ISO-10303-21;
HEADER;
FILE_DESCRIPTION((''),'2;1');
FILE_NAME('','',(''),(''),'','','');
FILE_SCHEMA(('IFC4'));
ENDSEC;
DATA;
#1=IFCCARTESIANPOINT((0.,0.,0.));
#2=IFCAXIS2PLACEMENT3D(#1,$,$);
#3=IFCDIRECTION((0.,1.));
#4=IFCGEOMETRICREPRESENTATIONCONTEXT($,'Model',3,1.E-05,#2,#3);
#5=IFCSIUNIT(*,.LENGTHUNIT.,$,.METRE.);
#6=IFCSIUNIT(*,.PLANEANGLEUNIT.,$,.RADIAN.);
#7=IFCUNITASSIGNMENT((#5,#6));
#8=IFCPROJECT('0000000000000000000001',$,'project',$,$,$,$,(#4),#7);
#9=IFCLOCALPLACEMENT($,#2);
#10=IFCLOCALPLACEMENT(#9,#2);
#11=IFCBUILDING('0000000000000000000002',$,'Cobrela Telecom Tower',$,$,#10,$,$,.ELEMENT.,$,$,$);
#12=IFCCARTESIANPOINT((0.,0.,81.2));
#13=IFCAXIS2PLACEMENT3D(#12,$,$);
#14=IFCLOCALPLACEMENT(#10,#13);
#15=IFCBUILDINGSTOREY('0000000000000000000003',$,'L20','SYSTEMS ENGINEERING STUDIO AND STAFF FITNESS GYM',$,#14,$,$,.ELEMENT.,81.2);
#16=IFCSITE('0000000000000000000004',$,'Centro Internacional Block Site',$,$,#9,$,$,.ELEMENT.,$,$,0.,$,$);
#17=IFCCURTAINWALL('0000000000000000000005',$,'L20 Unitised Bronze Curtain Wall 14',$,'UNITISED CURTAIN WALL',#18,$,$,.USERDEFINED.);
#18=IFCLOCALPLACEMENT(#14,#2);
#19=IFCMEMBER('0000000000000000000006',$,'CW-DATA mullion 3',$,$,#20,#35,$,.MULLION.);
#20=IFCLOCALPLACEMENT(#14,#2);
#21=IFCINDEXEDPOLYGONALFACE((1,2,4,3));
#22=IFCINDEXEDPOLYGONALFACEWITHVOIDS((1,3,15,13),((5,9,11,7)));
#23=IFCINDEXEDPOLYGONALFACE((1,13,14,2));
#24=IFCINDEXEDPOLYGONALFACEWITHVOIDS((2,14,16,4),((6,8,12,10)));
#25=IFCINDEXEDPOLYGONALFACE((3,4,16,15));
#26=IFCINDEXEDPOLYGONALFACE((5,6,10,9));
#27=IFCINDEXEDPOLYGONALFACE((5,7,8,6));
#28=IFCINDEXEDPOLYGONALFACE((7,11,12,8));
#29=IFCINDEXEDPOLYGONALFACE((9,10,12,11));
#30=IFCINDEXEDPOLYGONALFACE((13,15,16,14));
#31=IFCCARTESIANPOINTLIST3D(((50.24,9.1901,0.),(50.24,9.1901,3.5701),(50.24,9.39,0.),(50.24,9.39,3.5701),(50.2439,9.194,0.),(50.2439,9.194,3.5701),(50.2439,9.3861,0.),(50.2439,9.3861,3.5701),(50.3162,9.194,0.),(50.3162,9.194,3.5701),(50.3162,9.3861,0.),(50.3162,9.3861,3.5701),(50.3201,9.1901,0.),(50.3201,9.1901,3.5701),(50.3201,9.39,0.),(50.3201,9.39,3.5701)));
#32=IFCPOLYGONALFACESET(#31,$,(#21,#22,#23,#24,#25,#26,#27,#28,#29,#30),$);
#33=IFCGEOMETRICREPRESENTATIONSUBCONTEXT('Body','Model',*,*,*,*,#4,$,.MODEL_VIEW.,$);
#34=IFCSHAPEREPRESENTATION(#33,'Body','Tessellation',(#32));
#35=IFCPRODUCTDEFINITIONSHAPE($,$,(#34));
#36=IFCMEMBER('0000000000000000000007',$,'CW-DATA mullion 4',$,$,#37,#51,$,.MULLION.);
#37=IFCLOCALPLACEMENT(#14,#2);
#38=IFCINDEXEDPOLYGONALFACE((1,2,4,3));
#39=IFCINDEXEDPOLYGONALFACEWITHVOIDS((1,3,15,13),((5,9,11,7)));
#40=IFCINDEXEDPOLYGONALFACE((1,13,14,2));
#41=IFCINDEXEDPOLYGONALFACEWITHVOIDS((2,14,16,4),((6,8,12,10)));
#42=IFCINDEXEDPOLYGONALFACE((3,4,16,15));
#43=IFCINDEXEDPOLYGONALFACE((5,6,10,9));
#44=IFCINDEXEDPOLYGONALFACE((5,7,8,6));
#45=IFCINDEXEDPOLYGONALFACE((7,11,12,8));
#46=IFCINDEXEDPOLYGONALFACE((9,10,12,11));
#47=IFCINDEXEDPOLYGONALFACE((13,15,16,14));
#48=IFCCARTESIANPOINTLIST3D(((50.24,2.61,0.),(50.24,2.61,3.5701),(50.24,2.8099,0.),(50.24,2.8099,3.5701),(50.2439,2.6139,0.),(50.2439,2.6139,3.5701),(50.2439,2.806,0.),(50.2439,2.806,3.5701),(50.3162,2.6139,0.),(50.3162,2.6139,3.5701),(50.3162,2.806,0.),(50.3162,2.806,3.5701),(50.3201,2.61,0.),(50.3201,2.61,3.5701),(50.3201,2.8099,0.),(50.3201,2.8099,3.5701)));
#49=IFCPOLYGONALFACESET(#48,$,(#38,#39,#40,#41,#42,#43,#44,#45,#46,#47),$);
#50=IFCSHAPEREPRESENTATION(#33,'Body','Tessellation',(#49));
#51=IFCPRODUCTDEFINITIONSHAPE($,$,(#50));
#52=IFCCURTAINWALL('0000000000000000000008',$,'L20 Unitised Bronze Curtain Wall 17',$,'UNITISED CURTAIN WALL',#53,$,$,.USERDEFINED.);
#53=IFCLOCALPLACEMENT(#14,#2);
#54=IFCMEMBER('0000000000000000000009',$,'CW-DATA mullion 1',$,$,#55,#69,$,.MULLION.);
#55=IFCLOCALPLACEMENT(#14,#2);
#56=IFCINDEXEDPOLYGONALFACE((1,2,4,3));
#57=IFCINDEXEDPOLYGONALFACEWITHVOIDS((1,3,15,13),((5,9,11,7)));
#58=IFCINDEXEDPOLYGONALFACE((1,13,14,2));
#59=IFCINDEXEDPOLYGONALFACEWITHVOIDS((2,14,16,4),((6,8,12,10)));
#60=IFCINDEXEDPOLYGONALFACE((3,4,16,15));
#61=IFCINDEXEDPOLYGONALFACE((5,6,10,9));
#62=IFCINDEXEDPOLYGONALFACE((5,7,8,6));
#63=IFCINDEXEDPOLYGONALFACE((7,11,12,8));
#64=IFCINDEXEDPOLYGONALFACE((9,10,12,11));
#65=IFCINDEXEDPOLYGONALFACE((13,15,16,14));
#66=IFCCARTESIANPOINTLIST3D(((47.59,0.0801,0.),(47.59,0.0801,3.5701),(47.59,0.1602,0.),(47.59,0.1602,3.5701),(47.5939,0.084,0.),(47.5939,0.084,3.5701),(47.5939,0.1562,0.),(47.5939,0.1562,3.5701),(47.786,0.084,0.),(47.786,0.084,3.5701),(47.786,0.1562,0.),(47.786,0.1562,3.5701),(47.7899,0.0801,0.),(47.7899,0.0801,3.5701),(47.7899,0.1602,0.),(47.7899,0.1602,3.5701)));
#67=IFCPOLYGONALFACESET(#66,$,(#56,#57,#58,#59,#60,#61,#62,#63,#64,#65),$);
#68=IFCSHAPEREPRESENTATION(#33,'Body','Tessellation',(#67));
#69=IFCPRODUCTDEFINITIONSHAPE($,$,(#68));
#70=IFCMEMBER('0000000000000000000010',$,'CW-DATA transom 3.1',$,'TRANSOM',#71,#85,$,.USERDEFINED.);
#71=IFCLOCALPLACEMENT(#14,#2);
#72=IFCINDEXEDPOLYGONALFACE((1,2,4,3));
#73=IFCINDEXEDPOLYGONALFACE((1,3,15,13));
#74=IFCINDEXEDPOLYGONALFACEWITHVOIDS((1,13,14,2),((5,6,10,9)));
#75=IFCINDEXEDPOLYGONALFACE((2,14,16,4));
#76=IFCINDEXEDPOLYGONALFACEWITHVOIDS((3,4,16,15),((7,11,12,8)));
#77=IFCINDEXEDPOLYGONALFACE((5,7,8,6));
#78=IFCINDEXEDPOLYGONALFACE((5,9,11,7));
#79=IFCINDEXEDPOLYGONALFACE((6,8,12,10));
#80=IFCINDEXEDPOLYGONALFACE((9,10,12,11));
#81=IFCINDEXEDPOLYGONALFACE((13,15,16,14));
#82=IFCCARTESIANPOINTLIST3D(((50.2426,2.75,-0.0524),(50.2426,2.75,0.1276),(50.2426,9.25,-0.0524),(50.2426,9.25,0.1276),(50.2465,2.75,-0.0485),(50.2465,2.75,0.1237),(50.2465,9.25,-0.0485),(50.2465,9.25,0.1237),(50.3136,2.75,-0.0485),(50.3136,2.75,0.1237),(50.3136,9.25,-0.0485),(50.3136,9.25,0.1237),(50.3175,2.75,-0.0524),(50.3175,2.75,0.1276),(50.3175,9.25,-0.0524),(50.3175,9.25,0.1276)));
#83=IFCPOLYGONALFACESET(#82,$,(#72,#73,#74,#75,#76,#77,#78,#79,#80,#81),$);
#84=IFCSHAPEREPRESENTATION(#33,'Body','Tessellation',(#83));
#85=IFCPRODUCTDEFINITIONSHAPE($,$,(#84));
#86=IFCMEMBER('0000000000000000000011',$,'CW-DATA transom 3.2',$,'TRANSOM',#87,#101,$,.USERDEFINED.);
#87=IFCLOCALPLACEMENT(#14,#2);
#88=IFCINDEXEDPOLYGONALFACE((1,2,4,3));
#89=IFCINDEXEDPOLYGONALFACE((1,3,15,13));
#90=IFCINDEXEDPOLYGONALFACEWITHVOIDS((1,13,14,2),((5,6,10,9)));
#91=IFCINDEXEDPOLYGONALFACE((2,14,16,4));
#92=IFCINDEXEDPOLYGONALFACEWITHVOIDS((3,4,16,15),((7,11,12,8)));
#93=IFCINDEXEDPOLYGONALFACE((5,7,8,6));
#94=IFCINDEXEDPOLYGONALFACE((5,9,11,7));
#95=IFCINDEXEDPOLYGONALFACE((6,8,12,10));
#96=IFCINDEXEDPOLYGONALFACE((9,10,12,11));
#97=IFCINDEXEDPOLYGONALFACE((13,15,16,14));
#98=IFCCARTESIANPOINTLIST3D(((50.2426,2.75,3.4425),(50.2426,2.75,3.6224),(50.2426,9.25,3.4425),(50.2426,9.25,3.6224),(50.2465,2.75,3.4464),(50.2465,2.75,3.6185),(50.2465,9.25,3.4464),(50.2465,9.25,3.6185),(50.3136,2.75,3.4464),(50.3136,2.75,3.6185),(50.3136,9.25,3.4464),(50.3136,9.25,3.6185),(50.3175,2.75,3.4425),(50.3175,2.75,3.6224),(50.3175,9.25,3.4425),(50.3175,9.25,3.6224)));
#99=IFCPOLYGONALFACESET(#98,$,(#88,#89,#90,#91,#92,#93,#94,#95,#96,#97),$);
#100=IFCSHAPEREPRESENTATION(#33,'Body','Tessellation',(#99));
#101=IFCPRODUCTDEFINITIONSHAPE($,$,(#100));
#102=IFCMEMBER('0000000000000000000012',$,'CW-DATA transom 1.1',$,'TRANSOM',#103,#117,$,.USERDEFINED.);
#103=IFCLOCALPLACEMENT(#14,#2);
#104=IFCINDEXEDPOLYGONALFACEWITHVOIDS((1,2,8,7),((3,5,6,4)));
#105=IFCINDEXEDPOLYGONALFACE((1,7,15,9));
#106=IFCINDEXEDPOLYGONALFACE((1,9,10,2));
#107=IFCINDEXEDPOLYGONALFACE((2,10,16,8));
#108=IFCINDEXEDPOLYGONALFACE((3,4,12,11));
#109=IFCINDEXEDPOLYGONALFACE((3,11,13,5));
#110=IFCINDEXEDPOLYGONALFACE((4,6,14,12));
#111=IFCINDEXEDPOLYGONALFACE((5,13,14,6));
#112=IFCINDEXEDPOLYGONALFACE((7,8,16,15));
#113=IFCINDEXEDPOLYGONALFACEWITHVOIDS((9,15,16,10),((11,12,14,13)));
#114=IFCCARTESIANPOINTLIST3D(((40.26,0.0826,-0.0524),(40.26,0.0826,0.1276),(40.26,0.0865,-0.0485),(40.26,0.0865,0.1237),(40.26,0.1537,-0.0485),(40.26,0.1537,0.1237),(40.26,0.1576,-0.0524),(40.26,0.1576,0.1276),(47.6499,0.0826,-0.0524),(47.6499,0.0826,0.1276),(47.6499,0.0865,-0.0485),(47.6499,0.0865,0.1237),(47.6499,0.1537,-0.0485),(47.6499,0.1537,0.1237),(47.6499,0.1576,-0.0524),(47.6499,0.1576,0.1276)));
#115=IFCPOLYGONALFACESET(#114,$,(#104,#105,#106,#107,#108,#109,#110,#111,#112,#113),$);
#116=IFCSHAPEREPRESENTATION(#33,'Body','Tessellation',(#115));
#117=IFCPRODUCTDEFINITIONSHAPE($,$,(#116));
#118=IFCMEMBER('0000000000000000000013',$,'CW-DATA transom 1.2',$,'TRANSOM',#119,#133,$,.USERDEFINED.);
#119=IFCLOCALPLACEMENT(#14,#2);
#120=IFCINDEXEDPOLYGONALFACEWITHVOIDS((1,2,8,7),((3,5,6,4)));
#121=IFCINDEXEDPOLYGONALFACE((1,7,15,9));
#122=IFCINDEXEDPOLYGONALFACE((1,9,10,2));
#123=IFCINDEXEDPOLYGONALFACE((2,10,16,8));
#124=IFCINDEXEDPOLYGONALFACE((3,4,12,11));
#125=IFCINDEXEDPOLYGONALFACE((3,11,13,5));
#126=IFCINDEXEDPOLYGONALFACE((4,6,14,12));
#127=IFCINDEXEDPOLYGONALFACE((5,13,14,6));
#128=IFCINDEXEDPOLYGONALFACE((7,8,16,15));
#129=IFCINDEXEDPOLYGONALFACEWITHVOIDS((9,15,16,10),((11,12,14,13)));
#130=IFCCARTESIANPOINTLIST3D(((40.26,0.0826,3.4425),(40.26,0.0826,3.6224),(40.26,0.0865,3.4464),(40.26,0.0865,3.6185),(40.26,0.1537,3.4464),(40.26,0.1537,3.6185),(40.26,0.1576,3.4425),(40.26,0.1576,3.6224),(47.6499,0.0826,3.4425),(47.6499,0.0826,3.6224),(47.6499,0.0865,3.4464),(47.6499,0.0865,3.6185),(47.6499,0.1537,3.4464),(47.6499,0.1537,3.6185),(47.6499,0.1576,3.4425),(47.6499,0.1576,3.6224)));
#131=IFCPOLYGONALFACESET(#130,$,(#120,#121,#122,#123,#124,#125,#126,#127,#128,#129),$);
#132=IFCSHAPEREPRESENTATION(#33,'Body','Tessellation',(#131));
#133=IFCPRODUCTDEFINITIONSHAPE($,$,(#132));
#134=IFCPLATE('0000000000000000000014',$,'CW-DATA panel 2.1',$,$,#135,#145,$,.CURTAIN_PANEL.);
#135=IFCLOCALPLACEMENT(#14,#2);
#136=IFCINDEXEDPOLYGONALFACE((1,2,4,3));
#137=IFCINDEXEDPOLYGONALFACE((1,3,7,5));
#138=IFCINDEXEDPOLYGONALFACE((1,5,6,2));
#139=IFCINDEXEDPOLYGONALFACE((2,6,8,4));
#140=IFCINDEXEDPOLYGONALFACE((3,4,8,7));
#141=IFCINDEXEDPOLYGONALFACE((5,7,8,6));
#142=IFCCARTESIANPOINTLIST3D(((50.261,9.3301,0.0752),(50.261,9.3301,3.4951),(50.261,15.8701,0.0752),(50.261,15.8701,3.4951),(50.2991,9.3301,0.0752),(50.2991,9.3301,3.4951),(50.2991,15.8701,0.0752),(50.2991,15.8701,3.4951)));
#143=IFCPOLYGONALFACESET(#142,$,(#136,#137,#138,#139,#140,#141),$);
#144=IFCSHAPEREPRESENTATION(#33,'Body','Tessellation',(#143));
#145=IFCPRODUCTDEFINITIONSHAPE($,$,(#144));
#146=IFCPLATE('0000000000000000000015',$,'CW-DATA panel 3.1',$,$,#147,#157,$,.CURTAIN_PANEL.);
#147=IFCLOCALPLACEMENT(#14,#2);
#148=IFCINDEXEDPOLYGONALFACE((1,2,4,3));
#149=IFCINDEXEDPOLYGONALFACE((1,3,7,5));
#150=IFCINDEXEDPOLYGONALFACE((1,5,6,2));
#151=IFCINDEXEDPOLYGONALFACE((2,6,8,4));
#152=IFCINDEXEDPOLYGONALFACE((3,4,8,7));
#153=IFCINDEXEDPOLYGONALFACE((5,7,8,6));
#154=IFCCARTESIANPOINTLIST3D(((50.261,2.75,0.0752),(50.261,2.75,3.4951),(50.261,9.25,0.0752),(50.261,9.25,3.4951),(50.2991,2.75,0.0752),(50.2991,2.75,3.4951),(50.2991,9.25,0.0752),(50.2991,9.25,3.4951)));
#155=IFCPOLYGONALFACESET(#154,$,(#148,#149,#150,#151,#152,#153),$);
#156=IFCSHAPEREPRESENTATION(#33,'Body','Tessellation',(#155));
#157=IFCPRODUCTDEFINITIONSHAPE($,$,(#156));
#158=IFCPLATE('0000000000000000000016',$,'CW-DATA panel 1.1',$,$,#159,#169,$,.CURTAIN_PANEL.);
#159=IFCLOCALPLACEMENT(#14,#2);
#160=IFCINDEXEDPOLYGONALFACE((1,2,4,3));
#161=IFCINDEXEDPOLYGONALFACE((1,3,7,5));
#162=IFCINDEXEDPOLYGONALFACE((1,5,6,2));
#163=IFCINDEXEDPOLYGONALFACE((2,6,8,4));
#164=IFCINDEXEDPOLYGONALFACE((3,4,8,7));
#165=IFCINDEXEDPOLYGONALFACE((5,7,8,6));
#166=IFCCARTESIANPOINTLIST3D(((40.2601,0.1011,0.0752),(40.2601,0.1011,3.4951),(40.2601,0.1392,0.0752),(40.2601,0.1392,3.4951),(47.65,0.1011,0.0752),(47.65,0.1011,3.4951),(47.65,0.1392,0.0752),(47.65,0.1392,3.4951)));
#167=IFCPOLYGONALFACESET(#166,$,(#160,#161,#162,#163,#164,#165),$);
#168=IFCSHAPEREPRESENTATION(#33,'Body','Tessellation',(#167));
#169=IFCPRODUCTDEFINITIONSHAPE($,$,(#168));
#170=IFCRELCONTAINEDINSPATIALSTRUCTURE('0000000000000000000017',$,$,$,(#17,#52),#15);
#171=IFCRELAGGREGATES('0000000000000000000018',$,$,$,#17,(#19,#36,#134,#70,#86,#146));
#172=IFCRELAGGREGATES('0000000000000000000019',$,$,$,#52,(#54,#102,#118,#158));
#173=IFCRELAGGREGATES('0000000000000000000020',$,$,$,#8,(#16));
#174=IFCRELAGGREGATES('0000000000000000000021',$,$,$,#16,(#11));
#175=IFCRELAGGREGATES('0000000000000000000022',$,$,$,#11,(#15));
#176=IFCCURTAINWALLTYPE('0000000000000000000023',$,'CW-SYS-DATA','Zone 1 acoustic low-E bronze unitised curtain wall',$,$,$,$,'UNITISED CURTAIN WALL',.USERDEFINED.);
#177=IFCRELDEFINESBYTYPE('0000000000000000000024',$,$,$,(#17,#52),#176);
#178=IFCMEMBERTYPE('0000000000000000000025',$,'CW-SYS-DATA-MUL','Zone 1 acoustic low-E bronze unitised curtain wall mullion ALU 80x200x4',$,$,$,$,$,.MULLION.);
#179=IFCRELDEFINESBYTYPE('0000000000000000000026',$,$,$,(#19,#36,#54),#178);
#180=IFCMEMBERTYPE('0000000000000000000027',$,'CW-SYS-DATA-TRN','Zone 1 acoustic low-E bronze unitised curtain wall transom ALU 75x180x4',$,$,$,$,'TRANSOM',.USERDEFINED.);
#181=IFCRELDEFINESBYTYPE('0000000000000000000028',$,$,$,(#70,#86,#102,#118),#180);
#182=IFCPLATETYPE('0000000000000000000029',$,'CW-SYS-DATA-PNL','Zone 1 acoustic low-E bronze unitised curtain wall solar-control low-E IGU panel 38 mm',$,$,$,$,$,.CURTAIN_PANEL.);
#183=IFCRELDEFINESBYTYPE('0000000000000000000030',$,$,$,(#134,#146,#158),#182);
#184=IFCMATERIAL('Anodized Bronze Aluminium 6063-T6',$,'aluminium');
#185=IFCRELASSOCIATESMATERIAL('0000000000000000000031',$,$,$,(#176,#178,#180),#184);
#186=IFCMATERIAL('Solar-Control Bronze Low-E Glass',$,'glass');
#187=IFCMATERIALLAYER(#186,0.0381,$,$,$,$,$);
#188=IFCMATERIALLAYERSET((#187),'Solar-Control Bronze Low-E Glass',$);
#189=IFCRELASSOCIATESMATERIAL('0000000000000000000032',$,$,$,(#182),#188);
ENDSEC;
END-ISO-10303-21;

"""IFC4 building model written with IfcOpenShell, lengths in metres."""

from ifc_helpers import new_model, si_unit, direction, frame, origin, origin_2d, place, context, subcontext, project, spatial, rectangle, hollow_rectangle, extrude, material, layer, layer_set, material_profile, profile_set, type_object, element, aggregate, save


model = new_model("IFC4")

# Units and contexts
model_context = context("Model", 3, precision=1e-05, world=origin(), true_north=direction((0.0, 1.0)))
body_context = subcontext(model_context, "Body", "Model", "MODEL_VIEW")
ifc_project = project(units=[si_unit("LENGTHUNIT", "METRE"), si_unit("PLANEANGLEUNIT", "RADIAN")], contexts=[model_context])

# Site, building, storey
site_placement = place(None, origin())
site = spatial("IfcSite", under=ifc_project, at=site_placement, Name="Centro Internacional Block Site", CompositionType="ELEMENT", RefElevation=0.0)
building_placement = place(site_placement, origin())
building = spatial("IfcBuilding", under=site, at=building_placement, Name="Cobrela Telecom Tower", CompositionType="ELEMENT")
storey_placement = place(building_placement, frame((0.0, 0.0, 81.2)))
storey = spatial("IfcBuildingStorey", under=building, at=storey_placement, Name="L20", Description="SYSTEMS ENGINEERING STUDIO AND STAFF FITNESS GYM", CompositionType="ELEMENT", Elevation=81.2)

# Curtain wall, members
ifc_material_1 = material(Name="Anodized Bronze Aluminium 6063-T6", Category="aluminium")
curtain_wall_type = type_object("IfcCurtainWallType", Name="CW-SYS-DATA", Description="Zone 1 acoustic low-E bronze unitised curtain wall", ElementType="UNITISED CURTAIN WALL", PredefinedType="USERDEFINED", material=ifc_material_1)
curtain_wall_1_placement = place(storey_placement, origin())
curtain_wall_1 = element("IfcCurtainWall", 1, at=curtain_wall_1_placement, inside=storey, type_object=curtain_wall_type, Name="L20 Unitised Bronze Curtain Wall 14", ObjectType="UNITISED CURTAIN WALL", PredefinedType="USERDEFINED")
ifc_material_profile_1 = material_profile(ifc_material_1, hollow_rectangle(XDim=0.0801, YDim=0.2, WallThickness=0.0039, at=origin_2d()), Name="ALU 80x200x4")
ifc_profile_set_1 = profile_set([ifc_material_profile_1], Name="Anodized Bronze Aluminium 6063-T6")
member_type_1 = type_object("IfcMemberType", Name="CW-SYS-DATA-MUL", Description="Zone 1 acoustic low-E bronze unitised curtain wall mullion ALU 80x200x4", PredefinedType="MULLION", material=ifc_profile_set_1)
member_1_placement = place(storey_placement, frame((50.28, 9.29, 0.0), z_axis=(0.0, 0.0, 1.0), x_axis=(1.0, 0.0, 0.0)))
member_1 = element("IfcMember", 2, at=member_1_placement, type_object=member_type_1, Name="CW-DATA mullion 3", PredefinedType="MULLION", context=body_context, shape_type="SweptSolid", body=[
    extrude(hollow_rectangle(XDim=0.0801, YDim=0.2, WallThickness=0.0039, at=origin_2d()), origin(), (0.0, 0.0, 1.0), 3.5701),
])
member_2_placement = place(storey_placement, frame((50.28, 2.71, 0.0), z_axis=(0.0, 0.0, 1.0), x_axis=(1.0, 0.0, 0.0)))
member_2 = element("IfcMember", 3, at=member_2_placement, type_object=member_type_1, Name="CW-DATA mullion 4", PredefinedType="MULLION", context=body_context, shape_type="SweptSolid", body=[
    extrude(hollow_rectangle(XDim=0.0801, YDim=0.2, WallThickness=0.0039, at=origin_2d()), origin(), (0.0, 0.0, 1.0), 3.5701),
])

# Curtain wall, member
curtain_wall_2_placement = place(storey_placement, origin())
curtain_wall_2 = element("IfcCurtainWall", 4, at=curtain_wall_2_placement, inside=storey, type_object=curtain_wall_type, Name="L20 Unitised Bronze Curtain Wall 17", ObjectType="UNITISED CURTAIN WALL", PredefinedType="USERDEFINED")
member_3_placement = place(storey_placement, frame((47.6899, 0.1201, 0.0), z_axis=(0.0, 0.0, 1.0), x_axis=(0.0, -1.0, 0.0)))
member_3 = element("IfcMember", 5, at=member_3_placement, type_object=member_type_1, Name="CW-DATA mullion 1", PredefinedType="MULLION", context=body_context, shape_type="SweptSolid", body=[
    extrude(hollow_rectangle(XDim=0.0801, YDim=0.2, WallThickness=0.0039, at=origin_2d()), origin(), (0.0, 0.0, 1.0), 3.5701),
])

# Members
ifc_material_profile_2 = material_profile(ifc_material_1, hollow_rectangle(XDim=0.075, YDim=0.1799, WallThickness=0.0039, at=origin_2d()), Name="ALU 75x180x4")
ifc_profile_set_2 = profile_set([ifc_material_profile_2], Name="Anodized Bronze Aluminium 6063-T6")
member_type_2 = type_object("IfcMemberType", Name="CW-SYS-DATA-TRN", Description="Zone 1 acoustic low-E bronze unitised curtain wall transom ALU 75x180x4", ElementType="TRANSOM", PredefinedType="USERDEFINED", material=ifc_profile_set_2)
member_4_placement = place(storey_placement, frame((50.28, 9.25, 0.0376), z_axis=(0.0, -1.0, 0.0), x_axis=(1.0, 0.0, 0.0)))
member_4 = element("IfcMember", 6, at=member_4_placement, type_object=member_type_2, Name="CW-DATA transom 3.1", ObjectType="TRANSOM", PredefinedType="USERDEFINED", context=body_context, shape_type="SweptSolid", body=[
    extrude(hollow_rectangle(XDim=0.075, YDim=0.1799, WallThickness=0.0039, at=origin_2d()), origin(), (0.0, 0.0, 1.0), 6.5),
])
member_5_placement = place(storey_placement, frame((50.28, 9.25, 3.5325), z_axis=(0.0, -1.0, 0.0), x_axis=(1.0, 0.0, 0.0)))
member_5 = element("IfcMember", 7, at=member_5_placement, type_object=member_type_2, Name="CW-DATA transom 3.2", ObjectType="TRANSOM", PredefinedType="USERDEFINED", context=body_context, shape_type="SweptSolid", body=[
    extrude(hollow_rectangle(XDim=0.075, YDim=0.1799, WallThickness=0.0039, at=origin_2d()), origin(), (0.0, 0.0, 1.0), 6.5),
])
member_6_placement = place(storey_placement, frame((47.6499, 0.1201, 0.0376), z_axis=(-1.0, 0.0, 0.0), x_axis=(0.0, -1.0, 0.0)))
member_6 = element("IfcMember", 8, at=member_6_placement, type_object=member_type_2, Name="CW-DATA transom 1.1", ObjectType="TRANSOM", PredefinedType="USERDEFINED", context=body_context, shape_type="SweptSolid", body=[
    extrude(hollow_rectangle(XDim=0.075, YDim=0.1799, WallThickness=0.0039, at=origin_2d()), origin(), (0.0, 0.0, 1.0), 7.3899),
])
member_7_placement = place(storey_placement, frame((47.6499, 0.1201, 3.5325), z_axis=(-1.0, 0.0, 0.0), x_axis=(0.0, -1.0, 0.0)))
member_7 = element("IfcMember", 9, at=member_7_placement, type_object=member_type_2, Name="CW-DATA transom 1.2", ObjectType="TRANSOM", PredefinedType="USERDEFINED", context=body_context, shape_type="SweptSolid", body=[
    extrude(hollow_rectangle(XDim=0.075, YDim=0.1799, WallThickness=0.0039, at=origin_2d()), origin(), (0.0, 0.0, 1.0), 7.3899),
])

# Plates
ifc_material_2 = material(Name="Solar-Control Bronze Low-E Glass", Category="glass")
ifc_layer_1 = layer(ifc_material_2, 0.0381)
ifc_layer_set_1 = layer_set([ifc_layer_1], Name="Solar-Control Bronze Low-E Glass")
plate_type = type_object("IfcPlateType", Name="CW-SYS-DATA-PNL", Description="Zone 1 acoustic low-E bronze unitised curtain wall solar-control low-E IGU panel 38 mm", PredefinedType="CURTAIN_PANEL", material=ifc_layer_set_1)
plate_1_placement = place(storey_placement, frame((50.28, 12.6001, 0.0752), z_axis=(0.0, 0.0, 1.0), x_axis=(0.0, -1.0, 0.0)))
plate_1 = element("IfcPlate", 10, at=plate_1_placement, type_object=plate_type, Name="CW-DATA panel 2.1", PredefinedType="CURTAIN_PANEL", context=body_context, shape_type="SweptSolid", body=[
    extrude(rectangle(XDim=6.54, YDim=0.0381, at=origin_2d()), origin(), (0.0, 0.0, 1.0), 3.4199),
])
plate_2_placement = place(storey_placement, frame((50.28, 6.0, 0.0752), z_axis=(0.0, 0.0, 1.0), x_axis=(0.0, -1.0, 0.0)))
plate_2 = element("IfcPlate", 11, at=plate_2_placement, type_object=plate_type, Name="CW-DATA panel 3.1", PredefinedType="CURTAIN_PANEL", context=body_context, shape_type="SweptSolid", body=[
    extrude(rectangle(XDim=6.5, YDim=0.0381, at=origin_2d()), origin(), (0.0, 0.0, 1.0), 3.4199),
])
aggregate(curtain_wall_1, [member_1, member_2, plate_1, member_4, member_5, plate_2])
plate_3_placement = place(storey_placement, frame((43.9551, 0.1201, 0.0752), z_axis=(0.0, 0.0, 1.0), x_axis=(-1.0, 0.0, 0.0)))
plate_3 = element("IfcPlate", 12, at=plate_3_placement, type_object=plate_type, Name="CW-DATA panel 1.1", PredefinedType="CURTAIN_PANEL", context=body_context, shape_type="SweptSolid", body=[
    extrude(rectangle(XDim=7.3899, YDim=0.0381, at=origin_2d()), origin(), (0.0, 0.0, 1.0), 3.4199),
])
aggregate(curtain_wall_2, [member_3, member_6, member_7, plate_3])

save(model, "model.ifc")
